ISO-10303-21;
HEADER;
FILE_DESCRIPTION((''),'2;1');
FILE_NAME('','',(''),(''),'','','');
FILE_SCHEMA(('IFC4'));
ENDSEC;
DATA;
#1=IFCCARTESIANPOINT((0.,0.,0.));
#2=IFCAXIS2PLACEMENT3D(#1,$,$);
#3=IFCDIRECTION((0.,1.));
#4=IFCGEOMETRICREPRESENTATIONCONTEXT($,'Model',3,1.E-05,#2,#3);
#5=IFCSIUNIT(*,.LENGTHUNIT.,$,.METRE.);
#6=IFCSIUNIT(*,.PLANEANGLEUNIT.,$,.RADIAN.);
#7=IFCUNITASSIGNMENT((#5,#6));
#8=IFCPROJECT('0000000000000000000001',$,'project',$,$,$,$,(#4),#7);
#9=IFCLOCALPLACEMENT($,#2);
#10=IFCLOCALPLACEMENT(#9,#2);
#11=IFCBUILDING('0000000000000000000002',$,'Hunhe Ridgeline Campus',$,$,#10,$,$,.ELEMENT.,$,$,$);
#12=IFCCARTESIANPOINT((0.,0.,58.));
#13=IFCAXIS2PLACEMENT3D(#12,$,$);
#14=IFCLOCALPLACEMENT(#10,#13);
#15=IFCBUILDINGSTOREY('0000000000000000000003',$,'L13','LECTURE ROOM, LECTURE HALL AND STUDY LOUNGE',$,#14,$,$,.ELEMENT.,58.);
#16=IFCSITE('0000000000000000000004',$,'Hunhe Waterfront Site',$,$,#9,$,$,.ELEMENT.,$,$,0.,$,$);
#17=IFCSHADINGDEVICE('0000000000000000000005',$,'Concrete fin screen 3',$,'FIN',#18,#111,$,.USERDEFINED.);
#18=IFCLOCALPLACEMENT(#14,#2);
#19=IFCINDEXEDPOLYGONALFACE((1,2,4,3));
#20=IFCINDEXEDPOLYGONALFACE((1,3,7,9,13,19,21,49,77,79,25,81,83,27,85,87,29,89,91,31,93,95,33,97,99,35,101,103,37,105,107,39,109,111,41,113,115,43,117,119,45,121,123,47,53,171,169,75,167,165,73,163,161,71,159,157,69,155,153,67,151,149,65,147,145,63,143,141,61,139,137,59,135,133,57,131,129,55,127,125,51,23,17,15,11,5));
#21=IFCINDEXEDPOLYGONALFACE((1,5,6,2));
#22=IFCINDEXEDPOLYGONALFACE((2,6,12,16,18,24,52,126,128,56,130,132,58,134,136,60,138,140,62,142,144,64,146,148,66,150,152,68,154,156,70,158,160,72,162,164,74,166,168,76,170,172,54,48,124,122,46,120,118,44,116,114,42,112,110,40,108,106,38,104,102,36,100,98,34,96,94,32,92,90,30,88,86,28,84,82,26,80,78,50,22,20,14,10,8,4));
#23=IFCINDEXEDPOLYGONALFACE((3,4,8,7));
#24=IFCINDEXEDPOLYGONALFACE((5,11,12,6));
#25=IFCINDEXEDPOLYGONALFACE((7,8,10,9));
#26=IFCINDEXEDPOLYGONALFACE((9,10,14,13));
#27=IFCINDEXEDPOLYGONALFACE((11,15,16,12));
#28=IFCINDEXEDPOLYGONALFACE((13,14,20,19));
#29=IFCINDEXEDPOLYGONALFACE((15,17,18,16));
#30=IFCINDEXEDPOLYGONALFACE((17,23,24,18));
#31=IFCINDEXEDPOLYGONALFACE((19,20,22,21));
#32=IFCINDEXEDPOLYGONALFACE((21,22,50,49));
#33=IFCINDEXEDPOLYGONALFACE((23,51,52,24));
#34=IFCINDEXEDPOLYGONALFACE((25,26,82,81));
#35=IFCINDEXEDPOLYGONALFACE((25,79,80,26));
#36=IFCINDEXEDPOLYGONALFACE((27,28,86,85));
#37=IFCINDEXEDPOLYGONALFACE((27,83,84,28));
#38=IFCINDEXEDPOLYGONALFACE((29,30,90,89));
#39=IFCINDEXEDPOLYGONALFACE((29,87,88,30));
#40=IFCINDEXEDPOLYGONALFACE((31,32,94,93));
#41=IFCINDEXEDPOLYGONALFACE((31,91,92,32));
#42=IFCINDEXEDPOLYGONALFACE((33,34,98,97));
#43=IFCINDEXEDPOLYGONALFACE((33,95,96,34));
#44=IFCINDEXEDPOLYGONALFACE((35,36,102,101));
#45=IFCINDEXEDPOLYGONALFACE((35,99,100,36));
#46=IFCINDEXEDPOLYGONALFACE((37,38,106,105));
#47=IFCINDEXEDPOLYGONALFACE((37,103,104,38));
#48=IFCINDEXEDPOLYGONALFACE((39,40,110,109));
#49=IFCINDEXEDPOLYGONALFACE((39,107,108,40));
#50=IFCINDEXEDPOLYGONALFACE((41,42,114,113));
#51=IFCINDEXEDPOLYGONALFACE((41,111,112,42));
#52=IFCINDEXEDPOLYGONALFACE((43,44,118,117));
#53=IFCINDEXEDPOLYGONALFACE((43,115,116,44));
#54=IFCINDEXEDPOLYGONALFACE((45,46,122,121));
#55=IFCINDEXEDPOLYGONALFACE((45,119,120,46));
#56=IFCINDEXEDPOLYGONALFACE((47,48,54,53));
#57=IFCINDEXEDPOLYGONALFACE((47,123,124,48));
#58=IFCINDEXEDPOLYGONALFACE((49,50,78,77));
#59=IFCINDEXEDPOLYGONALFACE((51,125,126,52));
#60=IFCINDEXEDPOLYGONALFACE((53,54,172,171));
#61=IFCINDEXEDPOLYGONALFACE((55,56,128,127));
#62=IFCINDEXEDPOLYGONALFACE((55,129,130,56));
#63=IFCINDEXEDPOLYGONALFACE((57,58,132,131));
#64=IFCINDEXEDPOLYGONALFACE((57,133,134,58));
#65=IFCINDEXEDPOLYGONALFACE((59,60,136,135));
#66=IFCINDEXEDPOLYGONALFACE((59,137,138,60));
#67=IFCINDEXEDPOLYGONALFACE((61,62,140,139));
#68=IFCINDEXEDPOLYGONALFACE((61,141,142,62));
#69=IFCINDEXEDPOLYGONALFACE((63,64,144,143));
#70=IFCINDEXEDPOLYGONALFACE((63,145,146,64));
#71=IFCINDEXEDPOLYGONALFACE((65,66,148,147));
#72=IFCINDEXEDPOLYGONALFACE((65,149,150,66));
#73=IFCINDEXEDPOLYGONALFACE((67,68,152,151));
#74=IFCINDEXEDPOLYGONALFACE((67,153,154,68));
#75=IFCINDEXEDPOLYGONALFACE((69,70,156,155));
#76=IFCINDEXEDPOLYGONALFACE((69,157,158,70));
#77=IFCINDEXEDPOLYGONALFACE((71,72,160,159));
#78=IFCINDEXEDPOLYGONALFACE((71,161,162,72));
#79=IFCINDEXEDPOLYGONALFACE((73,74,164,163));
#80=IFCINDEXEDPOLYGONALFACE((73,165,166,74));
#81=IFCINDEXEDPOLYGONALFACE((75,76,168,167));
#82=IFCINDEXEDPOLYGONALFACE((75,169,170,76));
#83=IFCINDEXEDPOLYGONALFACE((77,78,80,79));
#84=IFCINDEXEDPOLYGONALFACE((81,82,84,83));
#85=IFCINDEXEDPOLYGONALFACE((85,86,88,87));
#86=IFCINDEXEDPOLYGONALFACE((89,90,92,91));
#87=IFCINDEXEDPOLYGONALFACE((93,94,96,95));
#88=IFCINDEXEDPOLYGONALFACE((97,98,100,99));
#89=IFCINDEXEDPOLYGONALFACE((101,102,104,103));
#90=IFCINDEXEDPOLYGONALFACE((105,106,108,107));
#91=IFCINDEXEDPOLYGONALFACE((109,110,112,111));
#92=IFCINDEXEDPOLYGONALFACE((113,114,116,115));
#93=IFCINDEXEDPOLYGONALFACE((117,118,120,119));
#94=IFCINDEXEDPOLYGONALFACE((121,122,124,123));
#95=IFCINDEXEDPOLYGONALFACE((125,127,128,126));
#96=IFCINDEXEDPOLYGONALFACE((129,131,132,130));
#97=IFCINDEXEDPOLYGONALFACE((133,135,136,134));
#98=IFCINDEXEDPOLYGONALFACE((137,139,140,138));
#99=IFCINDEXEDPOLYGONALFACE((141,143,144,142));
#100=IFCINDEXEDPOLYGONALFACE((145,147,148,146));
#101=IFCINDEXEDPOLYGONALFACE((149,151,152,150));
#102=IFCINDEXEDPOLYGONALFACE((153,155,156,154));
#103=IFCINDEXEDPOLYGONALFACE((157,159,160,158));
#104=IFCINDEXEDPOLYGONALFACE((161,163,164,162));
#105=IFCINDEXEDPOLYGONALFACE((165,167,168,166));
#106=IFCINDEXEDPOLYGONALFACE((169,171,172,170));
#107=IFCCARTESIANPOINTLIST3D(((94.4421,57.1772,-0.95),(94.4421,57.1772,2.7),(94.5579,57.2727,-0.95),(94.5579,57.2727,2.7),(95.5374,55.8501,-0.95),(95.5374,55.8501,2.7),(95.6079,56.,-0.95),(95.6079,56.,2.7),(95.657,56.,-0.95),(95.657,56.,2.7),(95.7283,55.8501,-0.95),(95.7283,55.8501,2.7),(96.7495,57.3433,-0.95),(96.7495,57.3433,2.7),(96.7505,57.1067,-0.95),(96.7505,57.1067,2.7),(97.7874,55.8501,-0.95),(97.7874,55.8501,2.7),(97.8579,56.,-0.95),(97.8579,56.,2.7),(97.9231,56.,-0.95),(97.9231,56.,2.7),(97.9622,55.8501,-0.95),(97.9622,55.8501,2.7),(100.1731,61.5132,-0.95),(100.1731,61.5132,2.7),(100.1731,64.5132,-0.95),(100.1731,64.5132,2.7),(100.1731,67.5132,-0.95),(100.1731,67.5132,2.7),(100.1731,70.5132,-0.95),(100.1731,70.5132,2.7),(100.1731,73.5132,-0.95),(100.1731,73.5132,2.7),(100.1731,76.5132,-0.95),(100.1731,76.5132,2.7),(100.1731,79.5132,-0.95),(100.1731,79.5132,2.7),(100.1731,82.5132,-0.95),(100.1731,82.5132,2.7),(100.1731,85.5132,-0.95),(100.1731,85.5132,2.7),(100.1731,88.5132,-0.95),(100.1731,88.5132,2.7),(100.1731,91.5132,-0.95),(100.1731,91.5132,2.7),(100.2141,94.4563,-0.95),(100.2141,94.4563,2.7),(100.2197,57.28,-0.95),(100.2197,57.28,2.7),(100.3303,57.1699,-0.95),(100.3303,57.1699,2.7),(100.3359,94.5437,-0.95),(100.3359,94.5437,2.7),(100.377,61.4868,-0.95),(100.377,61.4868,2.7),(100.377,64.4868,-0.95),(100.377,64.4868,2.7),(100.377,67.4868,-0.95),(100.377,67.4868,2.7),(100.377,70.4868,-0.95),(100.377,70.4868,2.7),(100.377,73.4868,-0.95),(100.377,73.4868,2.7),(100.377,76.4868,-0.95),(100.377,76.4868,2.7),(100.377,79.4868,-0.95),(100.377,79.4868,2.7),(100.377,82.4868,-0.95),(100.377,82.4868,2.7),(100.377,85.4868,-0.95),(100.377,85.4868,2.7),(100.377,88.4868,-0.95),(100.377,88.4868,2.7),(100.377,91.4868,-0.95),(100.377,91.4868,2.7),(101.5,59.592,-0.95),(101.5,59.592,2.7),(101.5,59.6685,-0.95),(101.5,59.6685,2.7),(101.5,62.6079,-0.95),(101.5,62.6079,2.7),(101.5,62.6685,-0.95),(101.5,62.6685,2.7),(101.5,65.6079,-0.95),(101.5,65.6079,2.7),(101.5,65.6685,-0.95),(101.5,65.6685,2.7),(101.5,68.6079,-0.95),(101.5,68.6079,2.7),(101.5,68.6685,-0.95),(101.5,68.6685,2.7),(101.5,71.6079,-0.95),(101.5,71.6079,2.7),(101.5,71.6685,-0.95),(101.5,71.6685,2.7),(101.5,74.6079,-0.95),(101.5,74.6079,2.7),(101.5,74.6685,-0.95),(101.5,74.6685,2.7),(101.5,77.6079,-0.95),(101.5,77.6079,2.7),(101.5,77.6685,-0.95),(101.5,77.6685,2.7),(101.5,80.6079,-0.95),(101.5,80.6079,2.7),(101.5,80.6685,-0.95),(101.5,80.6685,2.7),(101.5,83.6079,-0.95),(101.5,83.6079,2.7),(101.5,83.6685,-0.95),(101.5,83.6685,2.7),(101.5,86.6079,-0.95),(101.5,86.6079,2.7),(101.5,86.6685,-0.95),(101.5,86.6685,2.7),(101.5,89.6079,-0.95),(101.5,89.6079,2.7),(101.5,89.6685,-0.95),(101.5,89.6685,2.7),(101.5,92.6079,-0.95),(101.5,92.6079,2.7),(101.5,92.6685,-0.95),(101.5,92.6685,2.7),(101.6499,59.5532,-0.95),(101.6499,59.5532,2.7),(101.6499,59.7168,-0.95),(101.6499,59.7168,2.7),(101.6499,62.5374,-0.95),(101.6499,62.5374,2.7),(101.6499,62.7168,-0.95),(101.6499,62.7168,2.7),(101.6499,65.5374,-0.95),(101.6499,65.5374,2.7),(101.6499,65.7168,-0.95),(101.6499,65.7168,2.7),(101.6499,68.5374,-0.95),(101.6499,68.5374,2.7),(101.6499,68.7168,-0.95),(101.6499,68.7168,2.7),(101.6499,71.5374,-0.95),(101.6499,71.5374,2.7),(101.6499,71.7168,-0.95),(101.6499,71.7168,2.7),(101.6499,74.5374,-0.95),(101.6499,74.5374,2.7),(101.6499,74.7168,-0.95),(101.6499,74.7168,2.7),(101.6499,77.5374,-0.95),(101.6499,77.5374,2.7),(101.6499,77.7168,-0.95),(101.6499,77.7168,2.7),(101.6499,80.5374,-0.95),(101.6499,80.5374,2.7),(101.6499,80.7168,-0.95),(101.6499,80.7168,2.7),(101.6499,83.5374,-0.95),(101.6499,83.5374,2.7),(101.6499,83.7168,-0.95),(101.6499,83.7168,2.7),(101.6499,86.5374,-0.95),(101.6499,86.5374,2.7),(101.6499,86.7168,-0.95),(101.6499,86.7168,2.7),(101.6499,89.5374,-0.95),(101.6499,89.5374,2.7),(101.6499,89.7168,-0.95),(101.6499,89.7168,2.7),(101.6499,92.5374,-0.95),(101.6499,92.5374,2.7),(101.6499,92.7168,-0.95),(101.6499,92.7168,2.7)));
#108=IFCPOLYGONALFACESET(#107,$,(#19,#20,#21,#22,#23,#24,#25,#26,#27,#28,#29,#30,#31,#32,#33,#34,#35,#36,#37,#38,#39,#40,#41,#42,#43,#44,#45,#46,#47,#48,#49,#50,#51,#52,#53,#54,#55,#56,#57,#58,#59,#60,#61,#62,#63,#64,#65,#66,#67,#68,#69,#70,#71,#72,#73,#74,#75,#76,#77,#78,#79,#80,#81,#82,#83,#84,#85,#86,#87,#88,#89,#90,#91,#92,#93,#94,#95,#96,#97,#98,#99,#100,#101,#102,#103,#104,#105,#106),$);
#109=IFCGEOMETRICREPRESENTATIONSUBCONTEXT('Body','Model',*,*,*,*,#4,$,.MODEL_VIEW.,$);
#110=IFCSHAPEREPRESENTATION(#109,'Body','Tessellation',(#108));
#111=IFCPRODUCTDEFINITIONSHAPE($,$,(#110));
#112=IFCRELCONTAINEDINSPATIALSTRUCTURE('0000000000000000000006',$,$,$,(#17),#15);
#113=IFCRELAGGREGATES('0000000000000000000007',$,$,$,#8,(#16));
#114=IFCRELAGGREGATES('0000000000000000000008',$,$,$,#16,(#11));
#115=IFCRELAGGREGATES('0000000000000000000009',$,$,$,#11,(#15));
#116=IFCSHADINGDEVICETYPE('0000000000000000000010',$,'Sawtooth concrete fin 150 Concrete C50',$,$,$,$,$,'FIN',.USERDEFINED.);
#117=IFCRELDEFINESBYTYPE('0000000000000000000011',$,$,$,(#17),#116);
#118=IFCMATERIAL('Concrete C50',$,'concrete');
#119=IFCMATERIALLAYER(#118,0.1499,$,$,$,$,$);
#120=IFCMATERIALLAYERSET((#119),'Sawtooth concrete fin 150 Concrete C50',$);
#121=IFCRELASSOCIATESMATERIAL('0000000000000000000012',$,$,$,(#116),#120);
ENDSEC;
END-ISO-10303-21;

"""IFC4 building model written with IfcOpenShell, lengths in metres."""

from ifc_helpers import new_model, si_unit, direction, frame, origin, place, context, subcontext, project, spatial, polyline, outline, extrude, material, layer, layer_set, type_object, element, save


model = new_model("IFC4")

# Units and contexts
model_context = context("Model", 3, precision=1e-05, world=origin(), true_north=direction((0.0, 1.0)))
body_context = subcontext(model_context, "Body", "Model", "MODEL_VIEW")
ifc_project = project(units=[si_unit("LENGTHUNIT", "METRE"), si_unit("PLANEANGLEUNIT", "RADIAN")], contexts=[model_context])

# Site, building, storey
site_placement = place(None, origin())
site = spatial("IfcSite", under=ifc_project, at=site_placement, Name="Hunhe Waterfront Site", CompositionType="ELEMENT", RefElevation=0.0)
building_placement = place(site_placement, origin())
building = spatial("IfcBuilding", under=site, at=building_placement, Name="Hunhe Ridgeline Campus", CompositionType="ELEMENT")
storey_placement = place(building_placement, frame((0.0, 0.0, 58.0)))
storey = spatial("IfcBuildingStorey", under=building, at=storey_placement, Name="L13", Description="LECTURE ROOM, LECTURE HALL AND STUDY LOUNGE", CompositionType="ELEMENT", Elevation=58.0)

# Shading device
ifc_material_1 = material(Name="Concrete C50", Category="concrete")
ifc_layer_1 = layer(ifc_material_1, 0.1499)
ifc_layer_set_1 = layer_set([ifc_layer_1], Name="Sawtooth concrete fin 150 Concrete C50")
shading_device_type = type_object("IfcShadingDeviceType", Name="Sawtooth concrete fin 150 Concrete C50", ElementType="FIN", PredefinedType="USERDEFINED", material=ifc_layer_set_1)
shading_device_1_placement = place(storey_placement, frame((0.0, 0.0, -0.95)))
element("IfcShadingDevice", 1, at=shading_device_1_placement, inside=storey, type_object=shading_device_type, Name="Concrete fin screen 3", ObjectType="FIN", PredefinedType="USERDEFINED", context=body_context, shape_type="SweptSolid", body=[
    extrude(outline(polyline([(94.5579, 57.2727), (94.4421, 57.1772), (95.5374, 55.8501), (95.7283, 55.8501), (96.7505, 57.1067), (97.7874, 55.8501), (97.9622, 55.8501), (100.3303, 57.1699), (101.6499, 59.5532), (101.6499, 59.7168), (100.377, 61.4868), (101.6499, 62.5374), (101.6499, 62.7168), (100.377, 64.4868), (101.6499, 65.5374), (101.6499, 65.7168), (100.377, 67.4868), (101.6499, 68.5374), (101.6499, 68.7168), (100.377, 70.4868), (101.6499, 71.5374), (101.6499, 71.7168), (100.377, 73.4868), (101.6499, 74.5374), (101.6499, 74.7168), (100.377, 76.4868), (101.6499, 77.5374), (101.6499, 77.7168), (100.377, 79.4868), (101.6499, 80.5374), (101.6499, 80.7168), (100.377, 82.4868), (101.6499, 83.5374), (101.6499, 83.7168), (100.377, 85.4868), (101.6499, 86.5374), (101.6499, 86.7168), (100.377, 88.4868), (101.6499, 89.5374), (101.6499, 89.7168), (100.377, 91.4868), (101.6499, 92.5374), (101.6499, 92.7168), (100.3359, 94.5437), (100.2141, 94.4563), (101.5, 92.6685), (101.5, 92.6079), (100.1731, 91.5132), (101.5, 89.6685), (101.5, 89.6079), (100.1731, 88.5132), (101.5, 86.6685), (101.5, 86.6079), (100.1731, 85.5132), (101.5, 83.6685), (101.5, 83.6079), (100.1731, 82.5132), (101.5, 80.6685), (101.5, 80.6079), (100.1731, 79.5132), (101.5, 77.6685), (101.5, 77.6079), (100.1731, 76.5132), (101.5, 74.6685), (101.5, 74.6079), (100.1731, 73.5132), (101.5, 71.6685), (101.5, 71.6079), (100.1731, 70.5132), (101.5, 68.6685), (101.5, 68.6079), (100.1731, 67.5132), (101.5, 65.6685), (101.5, 65.6079), (100.1731, 64.5132), (101.5, 62.6685), (101.5, 62.6079), (100.1731, 61.5132), (101.5, 59.6685), (101.5, 59.592), (100.2197, 57.28), (97.9231, 56.0), (97.8579, 56.0), (96.7495, 57.3433), (95.657, 56.0), (95.6079, 56.0), (94.5579, 57.2727)])), origin(), (0.0, 0.0, 1.0), 3.6499),
])

save(model, "model.ifc")
